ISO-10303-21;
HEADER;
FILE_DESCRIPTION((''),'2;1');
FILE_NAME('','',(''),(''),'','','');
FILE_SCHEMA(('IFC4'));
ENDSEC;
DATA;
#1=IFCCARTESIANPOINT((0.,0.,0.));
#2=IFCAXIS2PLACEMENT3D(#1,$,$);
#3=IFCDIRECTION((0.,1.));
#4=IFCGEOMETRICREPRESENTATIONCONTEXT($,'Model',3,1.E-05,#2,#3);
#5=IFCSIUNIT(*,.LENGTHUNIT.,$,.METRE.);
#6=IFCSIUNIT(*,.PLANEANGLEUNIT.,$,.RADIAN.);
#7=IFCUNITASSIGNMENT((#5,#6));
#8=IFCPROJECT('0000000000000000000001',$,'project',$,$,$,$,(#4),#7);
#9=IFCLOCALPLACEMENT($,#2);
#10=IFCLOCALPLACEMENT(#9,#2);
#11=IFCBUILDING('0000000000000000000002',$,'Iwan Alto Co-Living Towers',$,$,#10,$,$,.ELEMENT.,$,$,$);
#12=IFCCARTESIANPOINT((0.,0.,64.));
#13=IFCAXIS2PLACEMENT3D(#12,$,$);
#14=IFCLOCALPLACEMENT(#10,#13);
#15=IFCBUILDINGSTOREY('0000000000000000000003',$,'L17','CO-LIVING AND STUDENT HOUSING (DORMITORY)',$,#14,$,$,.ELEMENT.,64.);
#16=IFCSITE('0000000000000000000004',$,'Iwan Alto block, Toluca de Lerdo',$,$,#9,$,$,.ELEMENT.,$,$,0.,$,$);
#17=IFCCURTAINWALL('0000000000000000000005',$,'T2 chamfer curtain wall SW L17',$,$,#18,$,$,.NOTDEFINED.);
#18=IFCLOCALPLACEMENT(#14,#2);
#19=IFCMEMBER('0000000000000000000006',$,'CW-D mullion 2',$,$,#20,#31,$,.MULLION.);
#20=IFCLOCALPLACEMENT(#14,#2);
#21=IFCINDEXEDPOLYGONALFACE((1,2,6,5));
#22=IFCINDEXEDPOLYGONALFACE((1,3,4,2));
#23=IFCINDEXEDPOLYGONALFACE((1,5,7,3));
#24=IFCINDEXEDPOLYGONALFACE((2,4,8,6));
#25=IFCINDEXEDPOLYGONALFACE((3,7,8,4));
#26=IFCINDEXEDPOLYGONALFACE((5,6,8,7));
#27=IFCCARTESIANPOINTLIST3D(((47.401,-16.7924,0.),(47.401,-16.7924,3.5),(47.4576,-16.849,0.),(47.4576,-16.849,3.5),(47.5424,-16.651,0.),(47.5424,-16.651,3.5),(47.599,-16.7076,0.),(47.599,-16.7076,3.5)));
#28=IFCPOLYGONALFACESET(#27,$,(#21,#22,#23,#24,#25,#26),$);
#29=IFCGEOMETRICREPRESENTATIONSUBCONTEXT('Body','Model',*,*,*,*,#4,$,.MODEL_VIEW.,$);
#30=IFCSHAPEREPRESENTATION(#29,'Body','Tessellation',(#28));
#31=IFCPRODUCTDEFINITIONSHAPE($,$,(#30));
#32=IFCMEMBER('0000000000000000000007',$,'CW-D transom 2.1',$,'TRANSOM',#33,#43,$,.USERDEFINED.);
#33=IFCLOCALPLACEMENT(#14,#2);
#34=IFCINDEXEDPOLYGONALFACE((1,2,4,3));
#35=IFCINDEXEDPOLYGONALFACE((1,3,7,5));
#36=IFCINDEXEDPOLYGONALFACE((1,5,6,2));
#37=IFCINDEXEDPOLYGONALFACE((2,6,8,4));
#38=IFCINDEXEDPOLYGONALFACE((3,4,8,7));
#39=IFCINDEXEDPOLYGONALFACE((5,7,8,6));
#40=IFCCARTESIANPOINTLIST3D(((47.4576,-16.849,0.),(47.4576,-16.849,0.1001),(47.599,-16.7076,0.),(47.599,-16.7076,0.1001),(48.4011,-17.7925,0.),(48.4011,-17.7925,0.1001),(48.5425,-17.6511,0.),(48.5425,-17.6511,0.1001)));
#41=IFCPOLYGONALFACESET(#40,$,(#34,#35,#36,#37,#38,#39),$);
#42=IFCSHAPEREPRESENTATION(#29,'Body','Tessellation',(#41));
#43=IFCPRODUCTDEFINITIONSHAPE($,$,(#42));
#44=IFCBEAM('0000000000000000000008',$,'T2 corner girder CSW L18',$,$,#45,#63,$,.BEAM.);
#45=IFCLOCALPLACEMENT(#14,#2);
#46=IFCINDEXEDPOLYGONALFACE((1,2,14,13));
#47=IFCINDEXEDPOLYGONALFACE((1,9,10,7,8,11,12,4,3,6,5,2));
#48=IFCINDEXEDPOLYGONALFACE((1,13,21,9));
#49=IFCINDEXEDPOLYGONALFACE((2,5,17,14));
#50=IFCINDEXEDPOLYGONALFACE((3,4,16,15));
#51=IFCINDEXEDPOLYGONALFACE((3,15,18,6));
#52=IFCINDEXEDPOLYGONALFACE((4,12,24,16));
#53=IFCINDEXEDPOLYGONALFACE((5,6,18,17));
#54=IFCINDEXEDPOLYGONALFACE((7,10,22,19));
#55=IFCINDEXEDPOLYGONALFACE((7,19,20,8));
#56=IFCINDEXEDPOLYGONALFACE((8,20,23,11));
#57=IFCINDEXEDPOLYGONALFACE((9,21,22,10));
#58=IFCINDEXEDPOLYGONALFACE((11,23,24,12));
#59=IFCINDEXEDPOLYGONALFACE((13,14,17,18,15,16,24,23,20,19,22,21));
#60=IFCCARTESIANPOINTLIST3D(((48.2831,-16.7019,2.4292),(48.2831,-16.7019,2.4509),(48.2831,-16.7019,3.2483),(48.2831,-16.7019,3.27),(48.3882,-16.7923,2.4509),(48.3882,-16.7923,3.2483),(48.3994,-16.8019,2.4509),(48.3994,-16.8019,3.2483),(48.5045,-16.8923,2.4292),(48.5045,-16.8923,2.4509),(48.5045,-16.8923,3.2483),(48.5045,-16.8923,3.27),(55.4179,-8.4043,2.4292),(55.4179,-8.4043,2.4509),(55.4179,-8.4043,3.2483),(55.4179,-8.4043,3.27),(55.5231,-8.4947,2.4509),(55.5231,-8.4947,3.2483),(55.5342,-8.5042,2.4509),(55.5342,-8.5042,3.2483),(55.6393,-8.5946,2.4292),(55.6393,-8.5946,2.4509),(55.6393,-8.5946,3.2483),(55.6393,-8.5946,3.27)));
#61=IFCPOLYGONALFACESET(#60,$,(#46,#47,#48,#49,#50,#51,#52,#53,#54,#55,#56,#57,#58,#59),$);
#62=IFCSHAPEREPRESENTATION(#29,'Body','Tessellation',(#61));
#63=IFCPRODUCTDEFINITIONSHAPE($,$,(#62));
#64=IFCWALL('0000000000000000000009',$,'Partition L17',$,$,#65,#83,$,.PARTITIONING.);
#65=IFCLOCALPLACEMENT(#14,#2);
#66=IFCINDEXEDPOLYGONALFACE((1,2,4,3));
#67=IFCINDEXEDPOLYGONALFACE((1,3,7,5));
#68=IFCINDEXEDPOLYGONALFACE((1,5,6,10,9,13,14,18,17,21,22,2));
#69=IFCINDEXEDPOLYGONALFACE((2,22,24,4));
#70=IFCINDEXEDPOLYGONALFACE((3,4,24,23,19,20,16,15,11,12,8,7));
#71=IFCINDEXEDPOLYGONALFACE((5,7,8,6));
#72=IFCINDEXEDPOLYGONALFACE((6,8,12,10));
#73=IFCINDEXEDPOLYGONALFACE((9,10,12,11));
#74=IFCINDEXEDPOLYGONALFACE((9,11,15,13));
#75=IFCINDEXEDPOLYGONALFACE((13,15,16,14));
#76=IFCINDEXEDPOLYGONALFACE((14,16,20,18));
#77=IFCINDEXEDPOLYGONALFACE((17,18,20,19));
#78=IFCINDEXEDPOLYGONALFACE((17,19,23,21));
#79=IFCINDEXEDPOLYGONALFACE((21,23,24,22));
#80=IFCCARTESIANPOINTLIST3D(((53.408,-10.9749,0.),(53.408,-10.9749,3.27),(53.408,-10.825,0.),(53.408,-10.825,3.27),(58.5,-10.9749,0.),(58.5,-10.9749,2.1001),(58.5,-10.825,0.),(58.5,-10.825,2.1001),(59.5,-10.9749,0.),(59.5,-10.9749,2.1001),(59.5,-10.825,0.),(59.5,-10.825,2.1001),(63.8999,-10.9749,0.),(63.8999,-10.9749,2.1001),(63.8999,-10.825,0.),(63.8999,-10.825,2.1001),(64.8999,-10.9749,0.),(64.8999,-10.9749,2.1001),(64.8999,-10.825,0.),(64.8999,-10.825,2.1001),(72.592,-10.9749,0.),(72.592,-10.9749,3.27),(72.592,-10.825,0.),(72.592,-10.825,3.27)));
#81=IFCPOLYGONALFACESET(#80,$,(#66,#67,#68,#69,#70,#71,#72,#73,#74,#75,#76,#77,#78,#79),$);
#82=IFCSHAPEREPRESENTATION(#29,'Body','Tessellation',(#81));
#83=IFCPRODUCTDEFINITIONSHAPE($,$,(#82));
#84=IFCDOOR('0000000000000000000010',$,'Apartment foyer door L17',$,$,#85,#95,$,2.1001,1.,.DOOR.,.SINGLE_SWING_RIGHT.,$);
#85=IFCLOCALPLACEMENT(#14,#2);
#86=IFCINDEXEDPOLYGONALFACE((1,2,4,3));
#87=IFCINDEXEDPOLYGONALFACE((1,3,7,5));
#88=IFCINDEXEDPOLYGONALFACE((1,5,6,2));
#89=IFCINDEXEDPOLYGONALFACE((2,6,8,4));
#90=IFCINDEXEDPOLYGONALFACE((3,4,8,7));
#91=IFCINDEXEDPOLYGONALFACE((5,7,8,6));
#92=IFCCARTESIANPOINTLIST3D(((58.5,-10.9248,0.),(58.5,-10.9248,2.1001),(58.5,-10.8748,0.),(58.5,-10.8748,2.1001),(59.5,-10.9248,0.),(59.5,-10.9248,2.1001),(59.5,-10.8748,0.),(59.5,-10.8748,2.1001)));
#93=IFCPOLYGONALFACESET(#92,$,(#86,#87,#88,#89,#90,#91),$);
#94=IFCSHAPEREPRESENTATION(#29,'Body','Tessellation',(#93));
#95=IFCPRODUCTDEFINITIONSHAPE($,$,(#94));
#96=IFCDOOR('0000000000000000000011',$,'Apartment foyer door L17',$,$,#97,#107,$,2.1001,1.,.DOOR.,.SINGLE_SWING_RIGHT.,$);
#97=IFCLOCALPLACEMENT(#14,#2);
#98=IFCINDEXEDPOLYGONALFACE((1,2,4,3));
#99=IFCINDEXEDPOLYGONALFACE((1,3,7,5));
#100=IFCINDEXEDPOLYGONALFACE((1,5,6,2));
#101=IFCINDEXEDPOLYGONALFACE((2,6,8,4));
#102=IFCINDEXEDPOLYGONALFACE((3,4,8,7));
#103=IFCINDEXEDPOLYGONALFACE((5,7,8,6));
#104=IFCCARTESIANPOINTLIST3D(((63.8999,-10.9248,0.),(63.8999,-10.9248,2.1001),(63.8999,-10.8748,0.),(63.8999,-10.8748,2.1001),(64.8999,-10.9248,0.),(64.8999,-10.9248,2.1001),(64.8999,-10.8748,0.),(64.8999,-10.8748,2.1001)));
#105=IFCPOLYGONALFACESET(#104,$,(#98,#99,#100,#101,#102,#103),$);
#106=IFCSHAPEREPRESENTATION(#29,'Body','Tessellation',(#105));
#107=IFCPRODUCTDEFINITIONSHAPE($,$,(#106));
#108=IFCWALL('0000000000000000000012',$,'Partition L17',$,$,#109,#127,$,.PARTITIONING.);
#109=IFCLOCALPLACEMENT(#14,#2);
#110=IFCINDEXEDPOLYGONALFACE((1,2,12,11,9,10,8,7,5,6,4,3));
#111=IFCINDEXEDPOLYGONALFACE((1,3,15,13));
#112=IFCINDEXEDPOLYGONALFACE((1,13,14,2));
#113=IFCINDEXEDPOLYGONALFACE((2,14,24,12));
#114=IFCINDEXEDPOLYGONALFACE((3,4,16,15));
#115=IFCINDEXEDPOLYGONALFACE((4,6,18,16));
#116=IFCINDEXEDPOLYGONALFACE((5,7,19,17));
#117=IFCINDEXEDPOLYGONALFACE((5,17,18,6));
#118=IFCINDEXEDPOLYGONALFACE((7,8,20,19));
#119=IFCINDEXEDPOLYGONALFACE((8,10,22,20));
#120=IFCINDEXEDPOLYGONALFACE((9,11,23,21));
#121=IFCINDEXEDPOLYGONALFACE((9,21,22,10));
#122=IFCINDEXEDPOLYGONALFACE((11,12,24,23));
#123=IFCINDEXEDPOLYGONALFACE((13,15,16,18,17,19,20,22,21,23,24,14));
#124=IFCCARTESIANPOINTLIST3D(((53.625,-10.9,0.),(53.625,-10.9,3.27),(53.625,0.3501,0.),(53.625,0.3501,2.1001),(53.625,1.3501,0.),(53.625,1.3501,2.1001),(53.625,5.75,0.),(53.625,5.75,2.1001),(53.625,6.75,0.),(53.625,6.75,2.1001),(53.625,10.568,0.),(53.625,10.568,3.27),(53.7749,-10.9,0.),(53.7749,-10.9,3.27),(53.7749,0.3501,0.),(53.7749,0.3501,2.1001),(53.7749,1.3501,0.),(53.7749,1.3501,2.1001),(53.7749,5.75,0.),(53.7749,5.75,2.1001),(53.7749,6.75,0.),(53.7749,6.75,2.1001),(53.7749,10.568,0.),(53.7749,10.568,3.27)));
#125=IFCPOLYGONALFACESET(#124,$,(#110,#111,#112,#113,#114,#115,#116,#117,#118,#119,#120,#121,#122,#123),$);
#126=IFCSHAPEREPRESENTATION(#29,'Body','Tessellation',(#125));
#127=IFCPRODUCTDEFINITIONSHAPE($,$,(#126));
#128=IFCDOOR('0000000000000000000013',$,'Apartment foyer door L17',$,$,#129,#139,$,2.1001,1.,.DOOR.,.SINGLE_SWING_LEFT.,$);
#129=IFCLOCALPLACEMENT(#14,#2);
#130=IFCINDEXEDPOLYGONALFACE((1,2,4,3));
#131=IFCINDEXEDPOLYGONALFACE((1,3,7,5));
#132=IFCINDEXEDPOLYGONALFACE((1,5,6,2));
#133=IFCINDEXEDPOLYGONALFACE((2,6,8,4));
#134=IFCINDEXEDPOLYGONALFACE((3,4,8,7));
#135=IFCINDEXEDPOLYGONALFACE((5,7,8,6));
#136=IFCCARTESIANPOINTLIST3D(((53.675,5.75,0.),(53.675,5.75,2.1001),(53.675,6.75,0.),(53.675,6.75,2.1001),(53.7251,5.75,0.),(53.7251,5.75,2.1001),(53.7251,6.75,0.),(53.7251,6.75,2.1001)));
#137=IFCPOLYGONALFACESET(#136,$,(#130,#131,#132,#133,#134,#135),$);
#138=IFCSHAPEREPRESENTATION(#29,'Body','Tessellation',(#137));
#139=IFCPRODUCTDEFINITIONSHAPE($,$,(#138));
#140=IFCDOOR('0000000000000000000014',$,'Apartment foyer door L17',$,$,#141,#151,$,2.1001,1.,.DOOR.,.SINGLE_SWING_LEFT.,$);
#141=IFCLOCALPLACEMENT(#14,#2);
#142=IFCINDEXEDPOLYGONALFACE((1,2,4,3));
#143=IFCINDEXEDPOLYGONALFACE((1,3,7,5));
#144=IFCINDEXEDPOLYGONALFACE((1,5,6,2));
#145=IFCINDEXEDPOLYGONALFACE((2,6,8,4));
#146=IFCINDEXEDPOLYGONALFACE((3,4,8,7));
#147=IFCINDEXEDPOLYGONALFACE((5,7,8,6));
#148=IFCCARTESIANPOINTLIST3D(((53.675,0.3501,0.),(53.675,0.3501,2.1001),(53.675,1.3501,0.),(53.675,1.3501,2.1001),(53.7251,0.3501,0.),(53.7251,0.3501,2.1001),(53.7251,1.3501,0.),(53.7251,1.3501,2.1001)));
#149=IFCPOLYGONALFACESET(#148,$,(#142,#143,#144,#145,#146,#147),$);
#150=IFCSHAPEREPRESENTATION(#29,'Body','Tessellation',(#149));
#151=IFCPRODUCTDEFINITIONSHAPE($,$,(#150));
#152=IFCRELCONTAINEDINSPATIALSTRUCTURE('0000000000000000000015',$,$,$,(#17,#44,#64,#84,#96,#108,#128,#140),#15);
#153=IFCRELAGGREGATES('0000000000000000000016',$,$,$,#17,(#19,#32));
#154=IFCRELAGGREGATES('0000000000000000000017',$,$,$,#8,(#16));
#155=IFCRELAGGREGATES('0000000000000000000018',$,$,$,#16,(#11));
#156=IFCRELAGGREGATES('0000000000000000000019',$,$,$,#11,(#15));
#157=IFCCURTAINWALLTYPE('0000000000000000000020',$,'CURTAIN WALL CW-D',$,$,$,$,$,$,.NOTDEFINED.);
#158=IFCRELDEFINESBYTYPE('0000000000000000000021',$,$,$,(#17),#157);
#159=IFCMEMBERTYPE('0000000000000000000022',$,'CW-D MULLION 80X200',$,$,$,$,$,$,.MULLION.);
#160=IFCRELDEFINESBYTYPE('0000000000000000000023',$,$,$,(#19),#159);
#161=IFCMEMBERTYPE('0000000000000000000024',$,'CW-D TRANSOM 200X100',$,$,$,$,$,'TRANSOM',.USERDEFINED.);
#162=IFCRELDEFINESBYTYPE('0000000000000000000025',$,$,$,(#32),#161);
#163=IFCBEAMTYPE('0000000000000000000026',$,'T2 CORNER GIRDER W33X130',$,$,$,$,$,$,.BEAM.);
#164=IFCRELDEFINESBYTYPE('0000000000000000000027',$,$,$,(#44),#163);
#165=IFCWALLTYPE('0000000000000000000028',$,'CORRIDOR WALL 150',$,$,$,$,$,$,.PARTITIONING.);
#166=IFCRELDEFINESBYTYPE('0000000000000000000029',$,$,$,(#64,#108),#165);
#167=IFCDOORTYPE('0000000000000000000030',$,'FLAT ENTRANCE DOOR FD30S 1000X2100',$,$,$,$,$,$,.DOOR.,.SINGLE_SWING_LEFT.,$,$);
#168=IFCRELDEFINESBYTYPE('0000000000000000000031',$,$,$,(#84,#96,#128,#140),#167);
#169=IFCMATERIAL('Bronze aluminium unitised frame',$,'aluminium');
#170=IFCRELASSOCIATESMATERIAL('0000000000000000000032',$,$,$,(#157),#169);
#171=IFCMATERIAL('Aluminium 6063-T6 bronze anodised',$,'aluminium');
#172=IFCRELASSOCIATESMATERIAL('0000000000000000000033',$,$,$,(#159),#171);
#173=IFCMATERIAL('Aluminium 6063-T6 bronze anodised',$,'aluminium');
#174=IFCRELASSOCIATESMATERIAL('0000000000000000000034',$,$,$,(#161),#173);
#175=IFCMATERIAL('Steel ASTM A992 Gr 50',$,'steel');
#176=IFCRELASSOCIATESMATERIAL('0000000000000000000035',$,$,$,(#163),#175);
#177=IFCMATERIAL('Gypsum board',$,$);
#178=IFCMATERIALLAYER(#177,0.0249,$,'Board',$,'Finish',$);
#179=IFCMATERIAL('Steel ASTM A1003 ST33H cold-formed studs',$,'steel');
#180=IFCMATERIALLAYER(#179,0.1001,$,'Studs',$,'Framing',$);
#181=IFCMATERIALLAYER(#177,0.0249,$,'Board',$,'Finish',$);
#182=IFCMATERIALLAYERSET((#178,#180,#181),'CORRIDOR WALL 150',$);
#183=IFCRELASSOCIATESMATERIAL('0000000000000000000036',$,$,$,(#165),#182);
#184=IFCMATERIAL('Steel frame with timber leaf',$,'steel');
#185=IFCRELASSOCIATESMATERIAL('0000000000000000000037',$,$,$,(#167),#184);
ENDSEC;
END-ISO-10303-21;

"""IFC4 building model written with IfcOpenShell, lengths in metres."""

from ifc_helpers import new_model, si_unit, direction, frame, frame_2d, origin, origin_2d, place, context, subcontext, project, spatial, rectangle, i_section, extrude, material, layer, layer_set, material_profile, profile_set, type_object, element, fill, aggregate, save


model = new_model("IFC4")

# Units and contexts
model_context = context("Model", 3, precision=1e-05, world=origin(), true_north=direction((0.0, 1.0)))
body_context = subcontext(model_context, "Body", "Model", "MODEL_VIEW")
ifc_project = project(units=[si_unit("LENGTHUNIT", "METRE"), si_unit("PLANEANGLEUNIT", "RADIAN")], contexts=[model_context])

# Site, building, storey
site_placement = place(None, origin())
site = spatial("IfcSite", under=ifc_project, at=site_placement, Name="Iwan Alto block, Toluca de Lerdo", CompositionType="ELEMENT", RefElevation=0.0)
building_placement = place(site_placement, origin())
building = spatial("IfcBuilding", under=site, at=building_placement, Name="Iwan Alto Co-Living Towers", CompositionType="ELEMENT")
storey_placement = place(building_placement, frame((0.0, 0.0, 64.0)))
storey = spatial("IfcBuildingStorey", under=building, at=storey_placement, Name="L17", Description="CO-LIVING AND STUDENT HOUSING (DORMITORY)", CompositionType="ELEMENT", Elevation=64.0)

# Curtain wall, members
ifc_material_1 = material(Name="Bronze aluminium unitised frame", Category="aluminium")
curtain_wall_type = type_object("IfcCurtainWallType", Name="CURTAIN WALL CW-D", PredefinedType="NOTDEFINED", material=ifc_material_1)
curtain_wall_placement = place(storey_placement, origin())
curtain_wall = element("IfcCurtainWall", 1, at=curtain_wall_placement, inside=storey, type_object=curtain_wall_type, Name="T2 chamfer curtain wall SW L17", PredefinedType="NOTDEFINED")
ifc_material_2 = material(Name="Aluminium 6063-T6 bronze anodised", Category="aluminium")
ifc_material_profile_1 = material_profile(ifc_material_2, rectangle(XDim=0.2, YDim=0.0801, at=origin_2d()), Name="AL 80X200")
ifc_profile_set_1 = profile_set([ifc_material_profile_1], Name="Aluminium 6063-T6 bronze anodised")
member_type_1 = type_object("IfcMemberType", Name="CW-D MULLION 80X200", PredefinedType="MULLION", material=ifc_profile_set_1)
member_1_placement = place(storey_placement, frame((47.5, -16.75, 0.0), z_axis=(0.0, 0.0, 1.0), x_axis=(0.707107, 0.707107, 0.0)))
member_1 = element("IfcMember", 2, at=member_1_placement, type_object=member_type_1, Name="CW-D mullion 2", PredefinedType="MULLION", context=body_context, shape_type="SweptSolid", body=[
    extrude(rectangle(XDim=0.2, YDim=0.0801, at=origin_2d()), origin(), (0.0, 0.0, 1.0), 3.5),
])
ifc_material_3 = material(Name="Aluminium 6063-T6 bronze anodised", Category="aluminium")
ifc_material_profile_2 = material_profile(ifc_material_3, rectangle(XDim=0.2, YDim=0.1001, at=origin_2d()), Name="AL 200X100")
ifc_profile_set_2 = profile_set([ifc_material_profile_2], Name="Aluminium 6063-T6 bronze anodised")
member_type_2 = type_object("IfcMemberType", Name="CW-D TRANSOM 200X100", ElementType="TRANSOM", PredefinedType="USERDEFINED", material=ifc_profile_set_2)
member_2_placement = place(storey_placement, frame((47.5283, -16.7783, 0.05), z_axis=(0.707107, -0.707107, 0.0), x_axis=(0.707107, 0.707107, 0.0)))
member_2 = element("IfcMember", 3, at=member_2_placement, type_object=member_type_2, Name="CW-D transom 2.1", ObjectType="TRANSOM", PredefinedType="USERDEFINED", context=body_context, shape_type="SweptSolid", body=[
    extrude(rectangle(XDim=0.2, YDim=0.1001, at=origin_2d()), origin(), (0.0, 0.0, 1.0), 1.3342),
])
aggregate(curtain_wall, [member_1, member_2])

# Beam
ifc_material_4 = material(Name="Steel ASTM A992 Gr 50", Category="steel")
ifc_material_profile_3 = material_profile(ifc_material_4, i_section(OverallWidth=0.292, OverallDepth=0.8408, WebThickness=0.0146, FlangeThickness=0.0217, at=origin_2d()), Name="W33X130")
ifc_profile_set_3 = profile_set([ifc_material_profile_3], Name="Steel ASTM A992 Gr 50")
beam_type = type_object("IfcBeamType", Name="T2 CORNER GIRDER W33X130", PredefinedType="BEAM", material=ifc_profile_set_3)
beam_placement = place(storey_placement, frame((48.3938, -16.7971, 2.8496), z_axis=(0.651977, 0.758238, 0.0), x_axis=(-0.758238, 0.651977, 0.0)))
element("IfcBeam", 4, at=beam_placement, inside=storey, type_object=beam_type, Name="T2 corner girder CSW L18", PredefinedType="BEAM", context=body_context, shape_type="SweptSolid", body=[
    extrude(i_section(OverallWidth=0.292, OverallDepth=0.8408, WebThickness=0.0146, FlangeThickness=0.0217, at=origin_2d()), origin(), (0.0, 0.0, 1.0), 10.9434),
])

# Walls, openings, doors
ifc_material_5 = material(Name="Gypsum board")
ifc_layer_1 = layer(ifc_material_5, 0.0249, Name="Board", Category="Finish")
ifc_material_6 = material(Name="Steel ASTM A1003 ST33H cold-formed studs", Category="steel")
ifc_layer_2 = layer(ifc_material_6, 0.1001, Name="Studs", Category="Framing")
ifc_layer_3 = layer(ifc_material_5, 0.0249, Name="Board", Category="Finish")
ifc_layer_set_1 = layer_set([ifc_layer_1, ifc_layer_2, ifc_layer_3], Name="CORRIDOR WALL 150")
wall_type_1 = type_object("IfcWallType", Name="CORRIDOR WALL 150", PredefinedType="PARTITIONING", material=ifc_layer_set_1)
wall_1_placement = place(storey_placement, frame((53.408, -10.8999, 0.0), z_axis=(0.0, 0.0, 1.0), x_axis=(1.0, 0.0, 0.0)))
wall_1 = element("IfcWall", 5, at=wall_1_placement, inside=storey, type_object=wall_type_1, Name="Partition L17", PredefinedType="PARTITIONING", context=body_context, shape_type="SweptSolid", body=[
    extrude(rectangle(XDim=19.1841, YDim=0.1499, at=frame_2d((9.592, 0.0))), origin(), (0.0, 0.0, 1.0), 3.27),
])
opening_1_placement = place(wall_1_placement, frame((5.092, 0.0, 0.0)))
opening_1 = element("IfcOpeningElement", 6, at=opening_1_placement, cuts=wall_1, PredefinedType="OPENING", context=body_context, shape_type="SweptSolid", body=[
    extrude(rectangle(XDim=1.0, YDim=2.1001, at=frame_2d((0.5, 1.05))), frame((0.0, 0.085, 0.0), z_axis=(0.0, -1.0, 0.0), x_axis=(1.0, 0.0, 0.0)), (0.0, 0.0, 1.0), 0.1699),
])
opening_2_placement = place(wall_1_placement, frame((10.4919, 0.0, 0.0)))
opening_2 = element("IfcOpeningElement", 7, at=opening_2_placement, cuts=wall_1, PredefinedType="OPENING", context=body_context, shape_type="SweptSolid", body=[
    extrude(rectangle(XDim=1.0, YDim=2.1001, at=frame_2d((0.5, 1.05))), frame((0.0, 0.085, 0.0), z_axis=(0.0, -1.0, 0.0), x_axis=(1.0, 0.0, 0.0)), (0.0, 0.0, 1.0), 0.1699),
])
ifc_material_7 = material(Name="Steel frame with timber leaf", Category="steel")
door_type_1 = type_object("IfcDoorType", Name="FLAT ENTRANCE DOOR FD30S 1000X2100", OperationType="SINGLE_SWING_LEFT", PredefinedType="DOOR", material=ifc_material_7)
door_1_placement = place(opening_1_placement, frame((1.0, 0.0, 0.0), z_axis=(0.0, 0.0, 1.0), x_axis=(-1.0, 0.0, 0.0)))
door_1 = element("IfcDoor", 8, at=door_1_placement, inside=storey, type_object=door_type_1, Name="Apartment foyer door L17", OperationType="SINGLE_SWING_RIGHT", OverallHeight=2.1001, OverallWidth=1.0, PredefinedType="DOOR", context=body_context, shape_type="SweptSolid", body=[
    extrude(rectangle(XDim=1.0, YDim=2.1001, at=frame_2d((0.5, 1.05))), frame((0.0, 0.0249, 0.0), z_axis=(0.0, -1.0, 0.0), x_axis=(1.0, 0.0, 0.0)), (0.0, 0.0, 1.0), 0.05),
])
fill(opening_1, door_1)
door_2_placement = place(opening_2_placement, frame((1.0, 0.0, 0.0), z_axis=(0.0, 0.0, 1.0), x_axis=(-1.0, 0.0, 0.0)))
door_2 = element("IfcDoor", 9, at=door_2_placement, inside=storey, type_object=door_type_1, Name="Apartment foyer door L17", OperationType="SINGLE_SWING_RIGHT", OverallHeight=2.1001, OverallWidth=1.0, PredefinedType="DOOR", context=body_context, shape_type="SweptSolid", body=[
    extrude(rectangle(XDim=1.0, YDim=2.1001, at=frame_2d((0.5, 1.05))), frame((0.0, 0.0249, 0.0), z_axis=(0.0, -1.0, 0.0), x_axis=(1.0, 0.0, 0.0)), (0.0, 0.0, 1.0), 0.05),
])
fill(opening_2, door_2)
wall_2_placement = place(storey_placement, frame((53.7, -10.8999, 0.0), z_axis=(0.0, 0.0, 1.0), x_axis=(0.0, 1.0, 0.0)))
wall_2 = element("IfcWall", 10, at=wall_2_placement, inside=storey, type_object=wall_type_1, Name="Partition L17", PredefinedType="PARTITIONING", context=body_context, shape_type="SweptSolid", body=[
    extrude(rectangle(XDim=21.468, YDim=0.1499, at=frame_2d((10.7339, 0.0))), origin(), (0.0, 0.0, 1.0), 3.27),
])
opening_3_placement = place(wall_2_placement, frame((16.6499, 0.0, 0.0)))
opening_3 = element("IfcOpeningElement", 11, at=opening_3_placement, cuts=wall_2, PredefinedType="OPENING", context=body_context, shape_type="SweptSolid", body=[
    extrude(rectangle(XDim=1.0, YDim=2.1001, at=frame_2d((0.5, 1.05))), frame((0.0, 0.085, 0.0), z_axis=(0.0, -1.0, 0.0), x_axis=(1.0, 0.0, 0.0)), (0.0, 0.0, 1.0), 0.1699),
])
opening_4_placement = place(wall_2_placement, frame((11.25, 0.0, 0.0)))
opening_4 = element("IfcOpeningElement", 12, at=opening_4_placement, cuts=wall_2, PredefinedType="OPENING", context=body_context, shape_type="SweptSolid", body=[
    extrude(rectangle(XDim=1.0, YDim=2.1001, at=frame_2d((0.5, 1.05))), frame((0.0, 0.085, 0.0), z_axis=(0.0, -1.0, 0.0), x_axis=(1.0, 0.0, 0.0)), (0.0, 0.0, 1.0), 0.1699),
])
door_3_placement = place(opening_3_placement, origin())
door_3 = element("IfcDoor", 13, at=door_3_placement, inside=storey, type_object=door_type_1, Name="Apartment foyer door L17", OperationType="SINGLE_SWING_LEFT", OverallHeight=2.1001, OverallWidth=1.0, PredefinedType="DOOR", context=body_context, shape_type="SweptSolid", body=[
    extrude(rectangle(XDim=1.0, YDim=2.1001, at=frame_2d((0.5, 1.05))), frame((0.0, 0.0249, 0.0), z_axis=(0.0, -1.0, 0.0), x_axis=(1.0, 0.0, 0.0)), (0.0, 0.0, 1.0), 0.05),
])
fill(opening_3, door_3)
door_4_placement = place(opening_4_placement, origin())
door_4 = element("IfcDoor", 14, at=door_4_placement, inside=storey, type_object=door_type_1, Name="Apartment foyer door L17", OperationType="SINGLE_SWING_LEFT", OverallHeight=2.1001, OverallWidth=1.0, PredefinedType="DOOR", context=body_context, shape_type="SweptSolid", body=[
    extrude(rectangle(XDim=1.0, YDim=2.1001, at=frame_2d((0.5, 1.05))), frame((0.0, 0.0249, 0.0), z_axis=(0.0, -1.0, 0.0), x_axis=(1.0, 0.0, 0.0)), (0.0, 0.0, 1.0), 0.05),
])
fill(opening_4, door_4)

save(model, "model.ifc")
